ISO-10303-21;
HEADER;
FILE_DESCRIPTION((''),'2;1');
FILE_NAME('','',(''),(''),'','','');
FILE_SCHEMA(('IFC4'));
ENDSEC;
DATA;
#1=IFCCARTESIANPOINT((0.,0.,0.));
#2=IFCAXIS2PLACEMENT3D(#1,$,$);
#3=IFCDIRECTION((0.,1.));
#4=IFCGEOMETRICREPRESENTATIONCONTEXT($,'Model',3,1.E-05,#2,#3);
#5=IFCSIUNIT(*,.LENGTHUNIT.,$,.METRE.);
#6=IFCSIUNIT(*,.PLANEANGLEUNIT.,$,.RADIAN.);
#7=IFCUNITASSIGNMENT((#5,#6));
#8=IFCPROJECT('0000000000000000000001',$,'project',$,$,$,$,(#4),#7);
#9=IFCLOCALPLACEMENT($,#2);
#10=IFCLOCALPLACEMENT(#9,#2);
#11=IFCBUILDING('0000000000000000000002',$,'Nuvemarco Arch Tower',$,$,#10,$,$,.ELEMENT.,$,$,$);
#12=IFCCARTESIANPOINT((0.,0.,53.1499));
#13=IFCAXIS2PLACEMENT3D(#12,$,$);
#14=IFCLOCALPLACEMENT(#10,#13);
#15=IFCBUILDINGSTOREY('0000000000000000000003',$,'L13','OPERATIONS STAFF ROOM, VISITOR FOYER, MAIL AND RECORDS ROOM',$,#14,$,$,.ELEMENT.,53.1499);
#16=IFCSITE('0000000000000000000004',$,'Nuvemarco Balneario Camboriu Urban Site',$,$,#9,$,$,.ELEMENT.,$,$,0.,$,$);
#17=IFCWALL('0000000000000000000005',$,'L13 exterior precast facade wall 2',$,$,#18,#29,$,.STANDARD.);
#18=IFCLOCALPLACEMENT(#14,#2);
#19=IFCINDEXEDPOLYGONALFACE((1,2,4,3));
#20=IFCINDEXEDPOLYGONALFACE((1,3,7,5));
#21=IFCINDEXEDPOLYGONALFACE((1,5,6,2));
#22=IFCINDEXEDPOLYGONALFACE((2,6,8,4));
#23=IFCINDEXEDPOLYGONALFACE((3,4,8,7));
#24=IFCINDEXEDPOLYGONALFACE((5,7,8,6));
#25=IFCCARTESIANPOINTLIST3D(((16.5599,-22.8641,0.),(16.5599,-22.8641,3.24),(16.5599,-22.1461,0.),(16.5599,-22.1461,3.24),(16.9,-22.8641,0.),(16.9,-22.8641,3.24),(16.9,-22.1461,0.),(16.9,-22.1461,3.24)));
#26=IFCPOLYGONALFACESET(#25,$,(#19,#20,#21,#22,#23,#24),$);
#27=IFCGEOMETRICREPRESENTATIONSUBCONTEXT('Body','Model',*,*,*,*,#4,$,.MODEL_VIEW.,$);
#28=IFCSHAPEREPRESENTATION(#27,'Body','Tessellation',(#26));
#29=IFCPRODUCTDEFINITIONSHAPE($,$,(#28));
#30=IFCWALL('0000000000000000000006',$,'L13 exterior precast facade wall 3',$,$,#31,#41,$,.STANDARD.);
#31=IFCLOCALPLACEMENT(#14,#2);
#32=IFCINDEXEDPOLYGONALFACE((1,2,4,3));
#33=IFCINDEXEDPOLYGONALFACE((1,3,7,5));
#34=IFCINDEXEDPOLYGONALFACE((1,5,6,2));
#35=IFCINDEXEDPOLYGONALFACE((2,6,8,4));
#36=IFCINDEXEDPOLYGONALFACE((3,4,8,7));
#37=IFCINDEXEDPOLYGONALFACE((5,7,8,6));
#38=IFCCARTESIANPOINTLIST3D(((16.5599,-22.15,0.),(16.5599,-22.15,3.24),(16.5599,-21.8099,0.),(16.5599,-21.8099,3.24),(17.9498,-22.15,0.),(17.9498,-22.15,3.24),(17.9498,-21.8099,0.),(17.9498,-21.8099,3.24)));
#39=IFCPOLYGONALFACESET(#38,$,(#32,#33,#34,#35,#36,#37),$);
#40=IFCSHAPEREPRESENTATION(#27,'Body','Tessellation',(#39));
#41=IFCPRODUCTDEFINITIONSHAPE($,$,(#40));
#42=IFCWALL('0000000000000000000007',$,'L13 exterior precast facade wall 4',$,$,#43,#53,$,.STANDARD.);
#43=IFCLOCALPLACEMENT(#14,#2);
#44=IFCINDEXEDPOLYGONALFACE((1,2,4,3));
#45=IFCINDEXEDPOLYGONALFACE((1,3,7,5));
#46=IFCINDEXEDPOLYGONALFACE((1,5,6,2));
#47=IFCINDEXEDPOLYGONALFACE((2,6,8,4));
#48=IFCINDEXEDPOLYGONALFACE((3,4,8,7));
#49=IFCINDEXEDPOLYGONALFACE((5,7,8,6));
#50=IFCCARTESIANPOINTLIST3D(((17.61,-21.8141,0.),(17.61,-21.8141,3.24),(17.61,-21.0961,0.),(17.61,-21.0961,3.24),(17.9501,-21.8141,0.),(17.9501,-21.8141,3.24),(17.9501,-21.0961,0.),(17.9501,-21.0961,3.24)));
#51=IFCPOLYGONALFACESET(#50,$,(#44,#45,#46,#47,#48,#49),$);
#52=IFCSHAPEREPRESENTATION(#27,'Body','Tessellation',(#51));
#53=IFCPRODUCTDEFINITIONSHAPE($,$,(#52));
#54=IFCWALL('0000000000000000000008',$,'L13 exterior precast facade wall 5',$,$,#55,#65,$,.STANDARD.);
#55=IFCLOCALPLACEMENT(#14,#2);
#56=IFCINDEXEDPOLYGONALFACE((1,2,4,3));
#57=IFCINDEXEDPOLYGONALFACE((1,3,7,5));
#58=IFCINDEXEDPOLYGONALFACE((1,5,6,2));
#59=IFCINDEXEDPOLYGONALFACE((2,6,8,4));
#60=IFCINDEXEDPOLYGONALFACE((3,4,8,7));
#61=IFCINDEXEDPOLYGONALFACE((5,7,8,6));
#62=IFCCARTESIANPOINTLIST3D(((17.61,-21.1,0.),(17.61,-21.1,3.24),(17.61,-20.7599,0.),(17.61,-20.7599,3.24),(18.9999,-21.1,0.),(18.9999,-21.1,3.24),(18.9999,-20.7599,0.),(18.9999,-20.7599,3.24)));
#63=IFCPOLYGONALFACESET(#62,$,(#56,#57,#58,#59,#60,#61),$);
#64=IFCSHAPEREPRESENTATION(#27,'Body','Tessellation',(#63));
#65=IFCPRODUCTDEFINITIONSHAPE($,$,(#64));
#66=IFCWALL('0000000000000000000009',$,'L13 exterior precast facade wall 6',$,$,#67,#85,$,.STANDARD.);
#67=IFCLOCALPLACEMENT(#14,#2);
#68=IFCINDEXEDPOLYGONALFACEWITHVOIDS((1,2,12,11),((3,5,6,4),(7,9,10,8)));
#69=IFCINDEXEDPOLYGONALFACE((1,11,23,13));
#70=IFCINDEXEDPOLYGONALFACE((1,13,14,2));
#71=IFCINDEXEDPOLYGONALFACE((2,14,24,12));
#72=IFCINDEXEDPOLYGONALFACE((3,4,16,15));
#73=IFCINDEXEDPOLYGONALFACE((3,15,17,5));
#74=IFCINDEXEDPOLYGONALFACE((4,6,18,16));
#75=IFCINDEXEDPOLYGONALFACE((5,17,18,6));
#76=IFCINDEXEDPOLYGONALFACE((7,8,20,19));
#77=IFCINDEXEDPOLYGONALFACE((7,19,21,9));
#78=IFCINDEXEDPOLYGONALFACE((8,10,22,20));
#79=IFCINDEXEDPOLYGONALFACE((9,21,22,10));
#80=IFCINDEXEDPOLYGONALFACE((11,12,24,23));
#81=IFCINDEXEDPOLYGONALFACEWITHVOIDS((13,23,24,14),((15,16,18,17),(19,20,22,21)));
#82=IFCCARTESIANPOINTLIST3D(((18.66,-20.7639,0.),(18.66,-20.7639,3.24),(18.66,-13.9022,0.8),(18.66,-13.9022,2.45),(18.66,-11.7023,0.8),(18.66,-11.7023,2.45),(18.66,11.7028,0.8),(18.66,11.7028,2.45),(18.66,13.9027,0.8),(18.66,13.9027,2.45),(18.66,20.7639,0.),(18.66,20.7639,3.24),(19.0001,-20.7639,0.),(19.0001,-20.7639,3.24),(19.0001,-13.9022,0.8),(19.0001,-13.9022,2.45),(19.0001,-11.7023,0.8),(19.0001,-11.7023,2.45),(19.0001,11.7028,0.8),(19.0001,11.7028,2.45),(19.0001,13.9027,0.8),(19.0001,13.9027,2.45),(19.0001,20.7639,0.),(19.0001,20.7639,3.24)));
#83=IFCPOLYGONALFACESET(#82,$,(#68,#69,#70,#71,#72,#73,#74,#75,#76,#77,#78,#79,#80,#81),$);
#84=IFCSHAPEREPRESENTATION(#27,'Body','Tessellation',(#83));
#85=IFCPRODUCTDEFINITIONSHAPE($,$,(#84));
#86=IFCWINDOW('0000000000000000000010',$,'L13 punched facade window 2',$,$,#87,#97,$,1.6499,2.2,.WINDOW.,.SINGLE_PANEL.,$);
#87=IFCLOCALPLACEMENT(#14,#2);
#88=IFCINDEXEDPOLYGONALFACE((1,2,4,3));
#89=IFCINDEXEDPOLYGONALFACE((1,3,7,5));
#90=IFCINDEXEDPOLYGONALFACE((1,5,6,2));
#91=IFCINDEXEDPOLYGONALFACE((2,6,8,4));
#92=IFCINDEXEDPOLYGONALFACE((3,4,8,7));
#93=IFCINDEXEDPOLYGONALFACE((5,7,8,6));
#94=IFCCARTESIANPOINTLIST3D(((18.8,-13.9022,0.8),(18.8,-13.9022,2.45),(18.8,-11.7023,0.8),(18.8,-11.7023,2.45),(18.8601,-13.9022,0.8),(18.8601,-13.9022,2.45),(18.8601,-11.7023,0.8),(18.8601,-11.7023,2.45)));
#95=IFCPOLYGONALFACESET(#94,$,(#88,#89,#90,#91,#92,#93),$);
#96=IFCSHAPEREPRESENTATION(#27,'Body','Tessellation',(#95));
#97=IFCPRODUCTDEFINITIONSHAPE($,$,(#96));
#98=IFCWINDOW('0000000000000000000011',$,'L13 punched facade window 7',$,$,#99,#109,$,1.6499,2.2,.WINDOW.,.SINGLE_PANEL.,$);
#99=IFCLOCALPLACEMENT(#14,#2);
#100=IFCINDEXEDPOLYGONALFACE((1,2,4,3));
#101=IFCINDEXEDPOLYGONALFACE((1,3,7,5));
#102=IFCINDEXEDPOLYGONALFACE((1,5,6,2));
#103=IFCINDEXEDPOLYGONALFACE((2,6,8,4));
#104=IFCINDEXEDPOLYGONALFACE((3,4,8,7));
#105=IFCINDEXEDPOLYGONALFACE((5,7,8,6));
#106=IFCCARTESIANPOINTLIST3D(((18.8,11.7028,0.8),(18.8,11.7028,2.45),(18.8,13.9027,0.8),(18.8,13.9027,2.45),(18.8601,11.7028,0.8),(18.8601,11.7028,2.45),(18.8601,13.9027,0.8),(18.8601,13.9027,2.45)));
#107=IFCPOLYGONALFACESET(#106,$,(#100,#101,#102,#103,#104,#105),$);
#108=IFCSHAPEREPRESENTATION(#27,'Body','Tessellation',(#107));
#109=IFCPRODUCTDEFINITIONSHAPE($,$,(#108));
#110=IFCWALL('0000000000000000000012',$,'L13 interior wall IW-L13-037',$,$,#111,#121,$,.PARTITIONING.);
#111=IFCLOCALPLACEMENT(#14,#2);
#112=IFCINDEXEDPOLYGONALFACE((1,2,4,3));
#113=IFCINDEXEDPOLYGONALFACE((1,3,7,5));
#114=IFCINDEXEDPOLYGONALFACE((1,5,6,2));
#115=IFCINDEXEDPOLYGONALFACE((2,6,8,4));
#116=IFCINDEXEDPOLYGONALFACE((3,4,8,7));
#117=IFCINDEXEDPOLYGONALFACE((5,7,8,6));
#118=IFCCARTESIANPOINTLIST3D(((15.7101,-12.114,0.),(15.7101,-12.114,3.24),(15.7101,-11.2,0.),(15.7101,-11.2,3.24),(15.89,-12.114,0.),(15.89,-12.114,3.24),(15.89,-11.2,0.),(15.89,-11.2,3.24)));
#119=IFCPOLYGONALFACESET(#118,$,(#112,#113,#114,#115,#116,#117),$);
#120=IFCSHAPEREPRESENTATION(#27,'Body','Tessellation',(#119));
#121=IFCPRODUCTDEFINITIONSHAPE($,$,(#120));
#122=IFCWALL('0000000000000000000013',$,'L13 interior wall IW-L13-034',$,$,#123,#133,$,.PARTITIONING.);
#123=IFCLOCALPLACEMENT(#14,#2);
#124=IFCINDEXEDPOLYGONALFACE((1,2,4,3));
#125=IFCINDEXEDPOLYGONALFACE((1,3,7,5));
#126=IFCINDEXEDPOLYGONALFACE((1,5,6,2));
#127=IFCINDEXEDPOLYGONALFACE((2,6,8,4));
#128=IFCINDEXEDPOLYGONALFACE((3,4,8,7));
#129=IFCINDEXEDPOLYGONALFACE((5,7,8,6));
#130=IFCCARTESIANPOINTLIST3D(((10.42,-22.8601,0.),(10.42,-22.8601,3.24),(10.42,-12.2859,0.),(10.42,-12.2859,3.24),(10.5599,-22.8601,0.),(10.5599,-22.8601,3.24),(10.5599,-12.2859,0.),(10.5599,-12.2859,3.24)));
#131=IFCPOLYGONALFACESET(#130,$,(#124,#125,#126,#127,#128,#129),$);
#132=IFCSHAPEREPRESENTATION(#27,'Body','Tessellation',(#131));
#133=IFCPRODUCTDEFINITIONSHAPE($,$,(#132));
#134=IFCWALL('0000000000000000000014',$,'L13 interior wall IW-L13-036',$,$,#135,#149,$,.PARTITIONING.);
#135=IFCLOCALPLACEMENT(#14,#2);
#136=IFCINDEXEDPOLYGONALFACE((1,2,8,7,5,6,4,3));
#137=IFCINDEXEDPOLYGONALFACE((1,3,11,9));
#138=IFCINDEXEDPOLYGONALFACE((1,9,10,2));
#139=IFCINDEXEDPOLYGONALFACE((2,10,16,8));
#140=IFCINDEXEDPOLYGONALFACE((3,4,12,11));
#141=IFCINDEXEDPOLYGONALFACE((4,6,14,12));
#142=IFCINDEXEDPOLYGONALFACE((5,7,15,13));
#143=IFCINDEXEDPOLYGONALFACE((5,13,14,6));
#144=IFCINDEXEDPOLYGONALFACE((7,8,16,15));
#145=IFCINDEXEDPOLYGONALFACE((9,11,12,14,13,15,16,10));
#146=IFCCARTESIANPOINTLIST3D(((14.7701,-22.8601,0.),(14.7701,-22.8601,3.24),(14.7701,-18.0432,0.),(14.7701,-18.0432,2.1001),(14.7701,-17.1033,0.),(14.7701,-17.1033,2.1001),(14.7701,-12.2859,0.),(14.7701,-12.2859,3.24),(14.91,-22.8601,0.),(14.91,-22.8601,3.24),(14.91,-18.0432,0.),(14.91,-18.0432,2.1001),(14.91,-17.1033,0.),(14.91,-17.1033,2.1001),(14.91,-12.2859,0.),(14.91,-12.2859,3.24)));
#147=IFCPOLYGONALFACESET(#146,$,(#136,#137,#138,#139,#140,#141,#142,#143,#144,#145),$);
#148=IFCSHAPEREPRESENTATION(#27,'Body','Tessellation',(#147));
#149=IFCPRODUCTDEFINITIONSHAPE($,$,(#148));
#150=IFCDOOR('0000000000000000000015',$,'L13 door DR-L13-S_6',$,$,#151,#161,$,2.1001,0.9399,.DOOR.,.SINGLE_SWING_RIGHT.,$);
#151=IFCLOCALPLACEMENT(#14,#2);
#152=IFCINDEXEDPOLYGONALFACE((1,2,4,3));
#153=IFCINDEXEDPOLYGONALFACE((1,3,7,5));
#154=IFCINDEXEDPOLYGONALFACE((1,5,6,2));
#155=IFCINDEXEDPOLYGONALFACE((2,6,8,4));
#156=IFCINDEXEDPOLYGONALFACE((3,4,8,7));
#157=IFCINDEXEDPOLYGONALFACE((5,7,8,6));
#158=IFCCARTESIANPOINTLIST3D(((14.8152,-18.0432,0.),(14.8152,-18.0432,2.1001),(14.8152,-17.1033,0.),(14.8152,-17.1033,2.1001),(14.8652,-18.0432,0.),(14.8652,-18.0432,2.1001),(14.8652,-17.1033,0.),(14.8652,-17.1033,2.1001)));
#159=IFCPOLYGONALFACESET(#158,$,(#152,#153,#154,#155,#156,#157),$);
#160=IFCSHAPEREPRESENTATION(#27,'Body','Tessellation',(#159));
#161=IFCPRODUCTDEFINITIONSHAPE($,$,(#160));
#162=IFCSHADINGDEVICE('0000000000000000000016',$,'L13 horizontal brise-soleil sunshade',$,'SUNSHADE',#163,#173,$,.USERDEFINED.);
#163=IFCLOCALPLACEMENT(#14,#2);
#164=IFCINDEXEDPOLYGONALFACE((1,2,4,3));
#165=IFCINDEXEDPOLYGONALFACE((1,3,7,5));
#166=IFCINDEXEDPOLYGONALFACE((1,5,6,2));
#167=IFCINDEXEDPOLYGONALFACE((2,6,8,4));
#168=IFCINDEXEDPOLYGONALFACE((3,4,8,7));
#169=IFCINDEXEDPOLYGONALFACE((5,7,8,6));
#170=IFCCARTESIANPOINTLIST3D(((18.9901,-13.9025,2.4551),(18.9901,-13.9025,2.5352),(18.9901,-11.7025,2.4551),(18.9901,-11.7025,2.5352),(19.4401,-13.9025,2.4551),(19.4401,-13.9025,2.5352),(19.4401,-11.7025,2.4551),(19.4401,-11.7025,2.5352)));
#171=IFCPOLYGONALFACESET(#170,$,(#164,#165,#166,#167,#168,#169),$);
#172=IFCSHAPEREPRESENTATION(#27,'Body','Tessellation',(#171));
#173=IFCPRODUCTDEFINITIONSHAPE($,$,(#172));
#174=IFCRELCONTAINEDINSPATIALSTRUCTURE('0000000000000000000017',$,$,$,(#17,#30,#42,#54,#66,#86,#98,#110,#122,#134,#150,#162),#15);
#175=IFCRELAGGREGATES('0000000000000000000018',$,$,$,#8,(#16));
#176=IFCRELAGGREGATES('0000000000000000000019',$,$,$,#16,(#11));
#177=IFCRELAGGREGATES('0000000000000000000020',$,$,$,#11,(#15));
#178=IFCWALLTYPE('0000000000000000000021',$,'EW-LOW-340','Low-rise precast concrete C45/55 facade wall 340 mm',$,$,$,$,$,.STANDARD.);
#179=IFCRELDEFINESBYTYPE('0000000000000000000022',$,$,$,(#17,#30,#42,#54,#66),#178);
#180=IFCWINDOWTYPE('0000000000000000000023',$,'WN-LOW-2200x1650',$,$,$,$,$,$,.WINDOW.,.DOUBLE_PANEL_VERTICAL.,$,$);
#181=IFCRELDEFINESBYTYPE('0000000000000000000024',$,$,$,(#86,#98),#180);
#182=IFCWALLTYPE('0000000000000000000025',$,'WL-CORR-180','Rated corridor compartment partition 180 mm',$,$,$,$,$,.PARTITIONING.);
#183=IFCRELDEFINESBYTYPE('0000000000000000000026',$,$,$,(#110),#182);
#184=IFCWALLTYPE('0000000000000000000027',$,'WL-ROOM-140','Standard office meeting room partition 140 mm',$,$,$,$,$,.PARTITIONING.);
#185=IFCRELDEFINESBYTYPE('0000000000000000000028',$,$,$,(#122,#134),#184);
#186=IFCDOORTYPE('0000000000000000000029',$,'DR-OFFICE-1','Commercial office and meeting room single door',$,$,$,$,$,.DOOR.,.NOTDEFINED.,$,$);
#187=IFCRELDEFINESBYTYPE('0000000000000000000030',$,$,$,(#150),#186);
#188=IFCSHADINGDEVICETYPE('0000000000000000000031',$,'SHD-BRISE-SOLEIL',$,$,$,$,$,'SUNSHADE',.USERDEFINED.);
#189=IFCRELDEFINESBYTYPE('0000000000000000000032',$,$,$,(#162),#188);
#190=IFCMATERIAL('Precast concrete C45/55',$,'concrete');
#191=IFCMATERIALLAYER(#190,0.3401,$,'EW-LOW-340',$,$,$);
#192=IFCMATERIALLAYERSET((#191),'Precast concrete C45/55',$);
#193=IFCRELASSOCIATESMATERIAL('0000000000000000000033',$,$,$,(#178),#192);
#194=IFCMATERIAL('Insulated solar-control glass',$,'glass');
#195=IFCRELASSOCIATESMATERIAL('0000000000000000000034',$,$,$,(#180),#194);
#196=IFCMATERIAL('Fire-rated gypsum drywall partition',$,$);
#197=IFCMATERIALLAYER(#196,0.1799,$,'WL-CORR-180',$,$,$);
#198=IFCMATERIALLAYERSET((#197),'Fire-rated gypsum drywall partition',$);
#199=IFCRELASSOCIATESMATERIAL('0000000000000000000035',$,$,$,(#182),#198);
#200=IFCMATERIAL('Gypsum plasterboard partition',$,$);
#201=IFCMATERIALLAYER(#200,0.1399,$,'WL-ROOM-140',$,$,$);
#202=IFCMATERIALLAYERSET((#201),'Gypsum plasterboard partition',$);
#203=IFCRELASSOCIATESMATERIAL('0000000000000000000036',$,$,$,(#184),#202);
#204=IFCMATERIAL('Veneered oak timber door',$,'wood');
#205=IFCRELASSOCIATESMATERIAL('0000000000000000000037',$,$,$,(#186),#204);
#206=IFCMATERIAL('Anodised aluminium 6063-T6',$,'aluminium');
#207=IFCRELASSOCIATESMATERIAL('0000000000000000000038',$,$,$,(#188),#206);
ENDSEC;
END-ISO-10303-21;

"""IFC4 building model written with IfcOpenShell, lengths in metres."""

from ifc_helpers import new_model, si_unit, direction, frame, frame_2d, origin, origin_2d, place, context, subcontext, project, spatial, rectangle, extrude, source, transform, mapped, material, layer, layer_set, type_object, type_shapes, element, fill, save


model = new_model("IFC4")

# Units and contexts
model_context = context("Model", 3, precision=1e-05, world=origin(), true_north=direction((0.0, 1.0)))
body_context = subcontext(model_context, "Body", "Model", "MODEL_VIEW")
ifc_project = project(units=[si_unit("LENGTHUNIT", "METRE"), si_unit("PLANEANGLEUNIT", "RADIAN")], contexts=[model_context])

# Site, building, storey
site_placement = place(None, origin())
site = spatial("IfcSite", under=ifc_project, at=site_placement, Name="Nuvemarco Balneario Camboriu Urban Site", CompositionType="ELEMENT", RefElevation=0.0)
building_placement = place(site_placement, origin())
building = spatial("IfcBuilding", under=site, at=building_placement, Name="Nuvemarco Arch Tower", CompositionType="ELEMENT")
storey_placement = place(building_placement, frame((0.0, 0.0, 53.1499)))
storey = spatial("IfcBuildingStorey", under=building, at=storey_placement, Name="L13", Description="OPERATIONS STAFF ROOM, VISITOR FOYER, MAIL AND RECORDS ROOM", CompositionType="ELEMENT", Elevation=53.1499)

# Shared definitions
ifc_material_1 = material(Name="Precast concrete C45/55", Category="concrete")

# Walls
ifc_layer_1 = layer(ifc_material_1, 0.3401, Name="EW-LOW-340")
ifc_layer_set_1 = layer_set([ifc_layer_1], Name="Precast concrete C45/55")
wall_type_1 = type_object("IfcWallType", Name="EW-LOW-340", Description="Low-rise precast concrete C45/55 facade wall 340 mm", PredefinedType="STANDARD", material=ifc_layer_set_1)
wall_1_placement = place(storey_placement, frame((16.73, -22.864, 0.0), z_axis=(0.0, 0.0, 1.0), x_axis=(0.0, 1.0, 0.0)))
element("IfcWall", 1, at=wall_1_placement, inside=storey, type_object=wall_type_1, Name="L13 exterior precast facade wall 2", PredefinedType="STANDARD", context=body_context, shape_type="SweptSolid", body=[
    extrude(rectangle(XDim=0.718, YDim=0.3401, at=frame_2d((0.3589, 0.0))), origin(), (0.0, 0.0, 1.0), 3.24),
])
wall_2_placement = place(storey_placement, frame((16.5601, -21.98, 0.0), z_axis=(0.0, 0.0, 1.0), x_axis=(1.0, 0.0, 0.0)))
element("IfcWall", 2, at=wall_2_placement, inside=storey, type_object=wall_type_1, Name="L13 exterior precast facade wall 3", PredefinedType="STANDARD", context=body_context, shape_type="SweptSolid", body=[
    extrude(rectangle(XDim=1.3899, YDim=0.3401, at=frame_2d((0.6948, 0.0))), origin(), (0.0, 0.0, 1.0), 3.24),
])
wall_3_placement = place(storey_placement, frame((17.78, -21.814, 0.0), z_axis=(0.0, 0.0, 1.0), x_axis=(0.0, 1.0, 0.0)))
element("IfcWall", 3, at=wall_3_placement, inside=storey, type_object=wall_type_1, Name="L13 exterior precast facade wall 4", PredefinedType="STANDARD", context=body_context, shape_type="SweptSolid", body=[
    extrude(rectangle(XDim=0.718, YDim=0.3401, at=frame_2d((0.3589, 0.0))), origin(), (0.0, 0.0, 1.0), 3.24),
])
wall_4_placement = place(storey_placement, frame((17.6101, -20.9299, 0.0), z_axis=(0.0, 0.0, 1.0), x_axis=(1.0, 0.0, 0.0)))
element("IfcWall", 4, at=wall_4_placement, inside=storey, type_object=wall_type_1, Name="L13 exterior precast facade wall 5", PredefinedType="STANDARD", context=body_context, shape_type="SweptSolid", body=[
    extrude(rectangle(XDim=1.3899, YDim=0.3401, at=frame_2d((0.6948, 0.0))), origin(), (0.0, 0.0, 1.0), 3.24),
])

# Wall, openings, windows
wall_5_placement = place(storey_placement, frame((18.8301, -20.7639, 0.0), z_axis=(0.0, 0.0, 1.0), x_axis=(0.0, 1.0, 0.0)))
wall_5 = element("IfcWall", 5, at=wall_5_placement, inside=storey, type_object=wall_type_1, Name="L13 exterior precast facade wall 6", PredefinedType="STANDARD", context=body_context, shape_type="SweptSolid", body=[
    extrude(rectangle(XDim=41.5278, YDim=0.3401, at=frame_2d((20.7639, 0.0))), origin(), (0.0, 0.0, 1.0), 3.24),
])
opening_1_placement = place(wall_5_placement, frame((6.8616, 0.0, 0.8)))
opening_1 = element("IfcOpeningElement", 6, at=opening_1_placement, cuts=wall_5, PredefinedType="OPENING", context=body_context, shape_type="SweptSolid", body=[
    extrude(rectangle(XDim=2.2, YDim=1.6499, at=frame_2d((1.1001, 0.825))), frame((0.0, 0.1799, 0.0), z_axis=(0.0, -1.0, 0.0), x_axis=(1.0, 0.0, 0.0)), (0.0, 0.0, 1.0), 0.3601),
])
opening_2_placement = place(wall_5_placement, frame((32.4666, 0.0, 0.8)))
opening_2 = element("IfcOpeningElement", 7, at=opening_2_placement, cuts=wall_5, PredefinedType="OPENING", context=body_context, shape_type="SweptSolid", body=[
    extrude(rectangle(XDim=2.2, YDim=1.6499, at=frame_2d((1.1001, 0.825))), frame((0.0, 0.1799, 0.0), z_axis=(0.0, -1.0, 0.0), x_axis=(1.0, 0.0, 0.0)), (0.0, 0.0, 1.0), 0.3601),
])
ifc_material_2 = material(Name="Insulated solar-control glass", Category="glass")
window_type = type_object("IfcWindowType", Name="WN-LOW-2200x1650", PartitioningType="DOUBLE_PANEL_VERTICAL", PredefinedType="WINDOW", material=ifc_material_2)
shared_shape_1 = source(origin(), body_context, "Body", "SweptSolid", [
    extrude(rectangle(XDim=2.2, YDim=1.6499, at=frame_2d((1.1001, 0.825))), frame((0.0, 0.03, 0.0), z_axis=(0.0, -1.0, 0.0), x_axis=(1.0, 0.0, 0.0)), (0.0, 0.0, 1.0), 0.0601),
])
type_shapes(window_type, [shared_shape_1])
window_1_placement = place(opening_1_placement, origin())
window_1 = element("IfcWindow", 8, at=window_1_placement, inside=storey, type_object=window_type, Name="L13 punched facade window 2", OverallHeight=1.6499, OverallWidth=2.2, PartitioningType="SINGLE_PANEL", PredefinedType="WINDOW", context=body_context, shape_type="MappedRepresentation", body=[
    mapped(shared_shape_1, transform((0.0, 0.0, 0.0), scale=1.0)),
])
fill(opening_1, window_1)
window_2_placement = place(opening_2_placement, origin())
window_2 = element("IfcWindow", 9, at=window_2_placement, inside=storey, type_object=window_type, Name="L13 punched facade window 7", OverallHeight=1.6499, OverallWidth=2.2, PartitioningType="SINGLE_PANEL", PredefinedType="WINDOW", context=body_context, shape_type="MappedRepresentation", body=[
    mapped(shared_shape_1, transform((0.0, 0.0, 0.0), scale=1.0)),
])
fill(opening_2, window_2)

# Walls
ifc_material_3 = material(Name="Fire-rated gypsum drywall partition")
ifc_layer_2 = layer(ifc_material_3, 0.1799, Name="WL-CORR-180")
ifc_layer_set_2 = layer_set([ifc_layer_2], Name="Fire-rated gypsum drywall partition")
wall_type_2 = type_object("IfcWallType", Name="WL-CORR-180", Description="Rated corridor compartment partition 180 mm", PredefinedType="PARTITIONING", material=ifc_layer_set_2)
wall_6_placement = place(storey_placement, frame((15.8, -12.114, 0.0), z_axis=(0.0, 0.0, 1.0), x_axis=(0.0, 1.0, 0.0)))
element("IfcWall", 10, at=wall_6_placement, inside=storey, type_object=wall_type_2, Name="L13 interior wall IW-L13-037", PredefinedType="PARTITIONING", context=body_context, shape_type="SweptSolid", body=[
    extrude(rectangle(XDim=0.9141, YDim=0.1799, at=frame_2d((0.457, 0.0))), origin(), (0.0, 0.0, 1.0), 3.24),
])
ifc_material_4 = material(Name="Gypsum plasterboard partition")
ifc_layer_3 = layer(ifc_material_4, 0.1399, Name="WL-ROOM-140")
ifc_layer_set_3 = layer_set([ifc_layer_3], Name="Gypsum plasterboard partition")
wall_type_3 = type_object("IfcWallType", Name="WL-ROOM-140", Description="Standard office meeting room partition 140 mm", PredefinedType="PARTITIONING", material=ifc_layer_set_3)
wall_7_placement = place(storey_placement, frame((10.49, -22.8601, 0.0), z_axis=(0.0, 0.0, 1.0), x_axis=(0.0, 1.0, 0.0)))
element("IfcWall", 11, at=wall_7_placement, inside=storey, type_object=wall_type_3, Name="L13 interior wall IW-L13-034", PredefinedType="PARTITIONING", context=body_context, shape_type="SweptSolid", body=[
    extrude(rectangle(XDim=10.5742, YDim=0.1399, at=frame_2d((5.2871, 0.0))), origin(), (0.0, 0.0, 1.0), 3.24),
])

# Wall, opening, door
wall_8_placement = place(storey_placement, frame((14.8401, -22.8601, 0.0), z_axis=(0.0, 0.0, 1.0), x_axis=(0.0, 1.0, 0.0)))
wall_8 = element("IfcWall", 12, at=wall_8_placement, inside=storey, type_object=wall_type_3, Name="L13 interior wall IW-L13-036", PredefinedType="PARTITIONING", context=body_context, shape_type="SweptSolid", body=[
    extrude(rectangle(XDim=10.5742, YDim=0.1399, at=frame_2d((5.2871, 0.0))), origin(), (0.0, 0.0, 1.0), 3.24),
])
opening_3_placement = place(wall_8_placement, frame((4.8169, 0.0, 0.0)))
opening_3 = element("IfcOpeningElement", 13, at=opening_3_placement, cuts=wall_8, PredefinedType="OPENING", context=body_context, shape_type="SweptSolid", body=[
    extrude(rectangle(XDim=0.9399, YDim=2.1001, at=frame_2d((0.47, 1.05))), frame((0.0, 0.0798, 0.0), z_axis=(0.0, -1.0, 0.0), x_axis=(1.0, 0.0, 0.0)), (0.0, 0.0, 1.0), 0.1599),
])
ifc_material_5 = material(Name="Veneered oak timber door", Category="wood")
door_type = type_object("IfcDoorType", Name="DR-OFFICE-1", Description="Commercial office and meeting room single door", OperationType="NOTDEFINED", PredefinedType="DOOR", material=ifc_material_5)
shared_shape_2 = source(origin(), body_context, "Body", "SweptSolid", [
    extrude(rectangle(XDim=0.9399, YDim=2.1001, at=frame_2d((0.47, 1.05))), frame((0.0, 0.0249, 0.0), z_axis=(0.0, -1.0, 0.0), x_axis=(1.0, 0.0, 0.0)), (0.0, 0.0, 1.0), 0.05),
])
type_shapes(door_type, [shared_shape_2])
door_placement = place(opening_3_placement, origin())
door = element("IfcDoor", 14, at=door_placement, inside=storey, type_object=door_type, Name="L13 door DR-L13-S_6", OperationType="SINGLE_SWING_RIGHT", OverallHeight=2.1001, OverallWidth=0.9399, PredefinedType="DOOR", context=body_context, shape_type="MappedRepresentation", body=[
    mapped(shared_shape_2, transform((0.0, 0.0, 0.0), scale=1.0)),
])
fill(opening_3, door)

# Shading device
ifc_material_6 = material(Name="Anodised aluminium 6063-T6", Category="aluminium")
shading_device_type_1 = type_object("IfcShadingDeviceType", Name="SHD-BRISE-SOLEIL", ElementType="SUNSHADE", PredefinedType="USERDEFINED", material=ifc_material_6)
shared_shape_3 = source(origin(), body_context, "Body", "SweptSolid", [
    extrude(rectangle(XDim=2.2, YDim=0.45, at=origin_2d()), origin(), (0.0, 0.0, 1.0), 0.0801),
])
type_shapes(shading_device_type_1, [shared_shape_3])
shading_device_1_placement = place(storey_placement, frame((19.2151, -12.8025, 2.4551), z_axis=(0.0, 0.0, 1.0), x_axis=(0.0, 1.0, 0.0)))
element("IfcShadingDevice", 15, at=shading_device_1_placement, inside=storey, type_object=shading_device_type_1, Name="L13 horizontal brise-soleil sunshade", ObjectType="SUNSHADE", PredefinedType="USERDEFINED", context=body_context, shape_type="MappedRepresentation", body=[
    mapped(shared_shape_3, transform((0.0, 0.0, 0.0), scale=1.0)),
])

save(model, "model.ifc")
